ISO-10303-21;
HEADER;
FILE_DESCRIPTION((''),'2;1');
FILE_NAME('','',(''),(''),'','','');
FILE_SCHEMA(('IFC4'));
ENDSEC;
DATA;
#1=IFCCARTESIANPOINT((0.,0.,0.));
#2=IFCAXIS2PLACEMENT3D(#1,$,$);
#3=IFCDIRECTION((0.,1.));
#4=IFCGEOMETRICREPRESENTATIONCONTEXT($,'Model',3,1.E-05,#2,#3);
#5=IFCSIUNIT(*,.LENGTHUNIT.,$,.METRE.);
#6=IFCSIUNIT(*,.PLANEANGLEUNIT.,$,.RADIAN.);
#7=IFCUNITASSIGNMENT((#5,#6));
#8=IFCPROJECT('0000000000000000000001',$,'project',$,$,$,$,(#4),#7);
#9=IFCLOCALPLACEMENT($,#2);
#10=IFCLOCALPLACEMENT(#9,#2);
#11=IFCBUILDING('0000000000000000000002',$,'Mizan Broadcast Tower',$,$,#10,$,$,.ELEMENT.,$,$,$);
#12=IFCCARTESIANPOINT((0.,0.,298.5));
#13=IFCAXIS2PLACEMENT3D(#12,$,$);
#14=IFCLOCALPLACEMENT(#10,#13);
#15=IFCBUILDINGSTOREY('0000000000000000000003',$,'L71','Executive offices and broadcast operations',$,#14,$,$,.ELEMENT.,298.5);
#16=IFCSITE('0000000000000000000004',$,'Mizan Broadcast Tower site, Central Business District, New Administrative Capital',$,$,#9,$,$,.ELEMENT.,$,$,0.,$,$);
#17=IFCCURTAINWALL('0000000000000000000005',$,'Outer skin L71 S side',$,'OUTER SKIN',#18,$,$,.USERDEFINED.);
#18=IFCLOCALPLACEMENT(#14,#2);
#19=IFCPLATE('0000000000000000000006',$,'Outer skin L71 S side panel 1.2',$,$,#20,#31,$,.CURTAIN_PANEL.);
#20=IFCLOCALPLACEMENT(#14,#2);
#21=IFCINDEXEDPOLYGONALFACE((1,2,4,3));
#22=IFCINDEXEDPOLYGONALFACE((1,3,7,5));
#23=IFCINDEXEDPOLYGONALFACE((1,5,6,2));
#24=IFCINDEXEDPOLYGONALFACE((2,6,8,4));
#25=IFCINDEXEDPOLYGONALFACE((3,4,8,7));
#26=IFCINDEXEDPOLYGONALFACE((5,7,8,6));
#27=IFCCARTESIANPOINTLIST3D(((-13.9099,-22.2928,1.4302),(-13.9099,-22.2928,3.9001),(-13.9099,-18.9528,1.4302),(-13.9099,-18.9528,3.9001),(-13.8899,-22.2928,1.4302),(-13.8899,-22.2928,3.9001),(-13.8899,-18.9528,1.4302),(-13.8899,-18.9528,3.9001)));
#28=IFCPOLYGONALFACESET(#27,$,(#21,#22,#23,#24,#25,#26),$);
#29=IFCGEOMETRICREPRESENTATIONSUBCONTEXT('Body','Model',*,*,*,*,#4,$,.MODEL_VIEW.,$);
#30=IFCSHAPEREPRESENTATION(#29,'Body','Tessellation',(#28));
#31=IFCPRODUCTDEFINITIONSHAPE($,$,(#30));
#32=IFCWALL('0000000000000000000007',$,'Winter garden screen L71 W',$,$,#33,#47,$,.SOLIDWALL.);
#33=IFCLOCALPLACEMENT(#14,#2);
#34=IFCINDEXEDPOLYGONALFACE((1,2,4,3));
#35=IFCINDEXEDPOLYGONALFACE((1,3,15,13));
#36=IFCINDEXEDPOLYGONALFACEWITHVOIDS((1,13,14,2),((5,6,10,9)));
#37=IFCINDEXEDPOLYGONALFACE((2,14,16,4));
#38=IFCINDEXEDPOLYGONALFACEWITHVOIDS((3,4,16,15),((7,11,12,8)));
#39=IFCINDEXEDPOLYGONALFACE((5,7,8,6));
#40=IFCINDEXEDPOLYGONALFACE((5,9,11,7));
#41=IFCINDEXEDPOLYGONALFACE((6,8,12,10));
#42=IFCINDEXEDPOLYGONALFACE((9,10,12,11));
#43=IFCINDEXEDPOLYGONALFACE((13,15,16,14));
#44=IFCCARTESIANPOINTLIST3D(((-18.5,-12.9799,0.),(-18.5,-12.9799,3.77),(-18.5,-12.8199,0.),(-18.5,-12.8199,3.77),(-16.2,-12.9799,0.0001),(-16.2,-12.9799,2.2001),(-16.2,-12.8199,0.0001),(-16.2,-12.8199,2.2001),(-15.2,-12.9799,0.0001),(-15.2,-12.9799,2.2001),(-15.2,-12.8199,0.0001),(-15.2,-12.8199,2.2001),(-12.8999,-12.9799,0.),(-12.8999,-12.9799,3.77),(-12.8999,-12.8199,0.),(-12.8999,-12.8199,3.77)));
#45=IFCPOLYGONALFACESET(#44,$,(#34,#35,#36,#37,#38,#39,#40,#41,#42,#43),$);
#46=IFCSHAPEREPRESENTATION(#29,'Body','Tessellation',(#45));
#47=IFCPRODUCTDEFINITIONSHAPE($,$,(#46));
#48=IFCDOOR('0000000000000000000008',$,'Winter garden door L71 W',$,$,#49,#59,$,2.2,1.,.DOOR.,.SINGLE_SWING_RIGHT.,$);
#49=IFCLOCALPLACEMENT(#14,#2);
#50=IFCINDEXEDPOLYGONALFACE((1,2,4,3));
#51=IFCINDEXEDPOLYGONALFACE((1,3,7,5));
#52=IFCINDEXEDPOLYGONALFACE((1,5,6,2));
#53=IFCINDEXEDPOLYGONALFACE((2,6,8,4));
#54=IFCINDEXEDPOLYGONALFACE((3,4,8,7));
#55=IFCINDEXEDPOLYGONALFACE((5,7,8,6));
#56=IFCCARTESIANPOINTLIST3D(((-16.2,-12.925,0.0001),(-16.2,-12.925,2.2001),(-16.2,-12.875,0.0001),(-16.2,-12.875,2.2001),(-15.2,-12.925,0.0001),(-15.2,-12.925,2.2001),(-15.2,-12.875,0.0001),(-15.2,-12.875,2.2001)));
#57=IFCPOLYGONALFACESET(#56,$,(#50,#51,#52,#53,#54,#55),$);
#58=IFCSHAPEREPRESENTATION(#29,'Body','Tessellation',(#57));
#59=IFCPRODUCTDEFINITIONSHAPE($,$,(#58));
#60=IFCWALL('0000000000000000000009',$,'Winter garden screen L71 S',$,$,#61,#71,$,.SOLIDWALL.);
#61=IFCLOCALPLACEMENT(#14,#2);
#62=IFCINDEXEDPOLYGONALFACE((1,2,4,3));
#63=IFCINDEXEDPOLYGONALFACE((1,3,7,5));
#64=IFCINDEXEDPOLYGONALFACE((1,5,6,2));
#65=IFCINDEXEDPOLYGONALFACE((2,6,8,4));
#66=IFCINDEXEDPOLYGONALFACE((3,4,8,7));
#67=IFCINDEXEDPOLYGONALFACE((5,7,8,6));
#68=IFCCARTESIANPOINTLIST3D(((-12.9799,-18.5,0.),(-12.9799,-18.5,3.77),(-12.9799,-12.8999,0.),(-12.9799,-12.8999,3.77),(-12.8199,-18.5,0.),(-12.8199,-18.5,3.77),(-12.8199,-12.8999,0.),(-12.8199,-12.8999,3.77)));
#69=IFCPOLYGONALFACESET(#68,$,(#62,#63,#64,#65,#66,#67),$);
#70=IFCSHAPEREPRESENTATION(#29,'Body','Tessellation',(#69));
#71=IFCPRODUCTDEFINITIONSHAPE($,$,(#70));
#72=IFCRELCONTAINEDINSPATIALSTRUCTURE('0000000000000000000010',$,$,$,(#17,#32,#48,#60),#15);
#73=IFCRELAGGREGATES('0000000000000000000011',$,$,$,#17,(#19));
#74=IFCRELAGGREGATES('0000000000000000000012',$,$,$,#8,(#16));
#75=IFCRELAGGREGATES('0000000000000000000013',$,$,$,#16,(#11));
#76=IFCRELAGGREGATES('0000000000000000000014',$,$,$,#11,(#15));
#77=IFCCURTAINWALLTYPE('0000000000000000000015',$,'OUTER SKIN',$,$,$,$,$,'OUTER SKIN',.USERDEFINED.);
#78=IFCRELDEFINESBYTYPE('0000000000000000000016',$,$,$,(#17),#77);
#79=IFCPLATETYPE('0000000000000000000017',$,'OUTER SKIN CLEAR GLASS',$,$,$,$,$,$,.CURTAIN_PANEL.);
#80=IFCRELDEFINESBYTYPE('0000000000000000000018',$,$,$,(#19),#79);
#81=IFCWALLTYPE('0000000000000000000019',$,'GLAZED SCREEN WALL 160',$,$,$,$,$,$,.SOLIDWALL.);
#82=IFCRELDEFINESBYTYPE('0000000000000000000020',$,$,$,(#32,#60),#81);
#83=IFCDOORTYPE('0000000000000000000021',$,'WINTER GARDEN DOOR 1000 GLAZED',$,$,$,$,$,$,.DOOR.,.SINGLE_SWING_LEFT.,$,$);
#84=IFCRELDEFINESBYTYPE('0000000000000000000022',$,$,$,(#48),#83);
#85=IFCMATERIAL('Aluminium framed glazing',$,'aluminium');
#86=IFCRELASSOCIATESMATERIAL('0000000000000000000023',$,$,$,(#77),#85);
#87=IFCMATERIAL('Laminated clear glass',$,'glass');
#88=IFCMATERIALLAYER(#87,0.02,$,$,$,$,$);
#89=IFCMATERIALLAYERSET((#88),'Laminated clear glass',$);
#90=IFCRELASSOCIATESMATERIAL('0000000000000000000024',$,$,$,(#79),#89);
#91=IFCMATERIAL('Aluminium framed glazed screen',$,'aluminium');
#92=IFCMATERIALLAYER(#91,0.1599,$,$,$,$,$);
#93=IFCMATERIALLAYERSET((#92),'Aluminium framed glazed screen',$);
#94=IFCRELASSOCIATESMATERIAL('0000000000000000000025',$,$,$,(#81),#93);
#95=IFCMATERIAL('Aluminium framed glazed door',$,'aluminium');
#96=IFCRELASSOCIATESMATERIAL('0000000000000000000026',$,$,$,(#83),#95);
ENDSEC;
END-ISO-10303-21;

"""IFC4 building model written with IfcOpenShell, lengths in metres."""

from ifc_helpers import new_model, si_unit, direction, frame, frame_2d, origin, origin_2d, place, context, subcontext, project, spatial, rectangle, extrude, material, layer, layer_set, type_object, element, fill, aggregate, save


model = new_model("IFC4")

# Units and contexts
model_context = context("Model", 3, precision=1e-05, world=origin(), true_north=direction((0.0, 1.0)))
body_context = subcontext(model_context, "Body", "Model", "MODEL_VIEW")
ifc_project = project(units=[si_unit("LENGTHUNIT", "METRE"), si_unit("PLANEANGLEUNIT", "RADIAN")], contexts=[model_context])

# Site, building, storey
site_placement = place(None, origin())
site = spatial("IfcSite", under=ifc_project, at=site_placement, Name="Mizan Broadcast Tower site, Central Business District, New Administrative Capital", CompositionType="ELEMENT", RefElevation=0.0)
building_placement = place(site_placement, origin())
building = spatial("IfcBuilding", under=site, at=building_placement, Name="Mizan Broadcast Tower", CompositionType="ELEMENT")
storey_placement = place(building_placement, frame((0.0, 0.0, 298.5)))
storey = spatial("IfcBuildingStorey", under=building, at=storey_placement, Name="L71", Description="Executive offices and broadcast operations", CompositionType="ELEMENT", Elevation=298.5)

# Curtain wall
ifc_material_1 = material(Name="Aluminium framed glazing", Category="aluminium")
curtain_wall_type_1 = type_object("IfcCurtainWallType", Name="OUTER SKIN", ElementType="OUTER SKIN", PredefinedType="USERDEFINED", material=ifc_material_1)
curtain_wall_1_placement = place(storey_placement, origin())
curtain_wall_1 = element("IfcCurtainWall", 1, at=curtain_wall_1_placement, inside=storey, type_object=curtain_wall_type_1, Name="Outer skin L71 S side", ObjectType="OUTER SKIN", PredefinedType="USERDEFINED")

# Plate
ifc_material_2 = material(Name="Laminated clear glass", Category="glass")
ifc_layer_1 = layer(ifc_material_2, 0.02)
ifc_layer_set_1 = layer_set([ifc_layer_1], Name="Laminated clear glass")
plate_type_1 = type_object("IfcPlateType", Name="OUTER SKIN CLEAR GLASS", PredefinedType="CURTAIN_PANEL", material=ifc_layer_set_1)
plate_1_placement = place(storey_placement, frame((-13.8999, -20.6228, 1.4302), z_axis=(0.0, 0.0, 1.0), x_axis=(0.0, -1.0, 0.0)))
plate_1 = element("IfcPlate", 2, at=plate_1_placement, type_object=plate_type_1, Name="Outer skin L71 S side panel 1.2", PredefinedType="CURTAIN_PANEL", context=body_context, shape_type="SweptSolid", body=[
    extrude(rectangle(XDim=3.3401, YDim=0.02, at=origin_2d()), origin(), (0.0, 0.0, 1.0), 2.47),
])
aggregate(curtain_wall_1, [plate_1])

# Wall, opening, door
ifc_material_3 = material(Name="Aluminium framed glazed screen", Category="aluminium")
ifc_layer_2 = layer(ifc_material_3, 0.1599)
ifc_layer_set_2 = layer_set([ifc_layer_2], Name="Aluminium framed glazed screen")
wall_type = type_object("IfcWallType", Name="GLAZED SCREEN WALL 160", PredefinedType="SOLIDWALL", material=ifc_layer_set_2)
wall_1_placement = place(storey_placement, frame((-18.5, -12.8999, 0.0), z_axis=(0.0, 0.0, 1.0), x_axis=(1.0, 0.0, 0.0)))
wall_1 = element("IfcWall", 3, at=wall_1_placement, inside=storey, type_object=wall_type, Name="Winter garden screen L71 W", PredefinedType="SOLIDWALL", context=body_context, shape_type="SweptSolid", body=[
    extrude(rectangle(XDim=5.6001, YDim=0.1599, at=frame_2d((2.8, 0.0))), origin(), (0.0, 0.0, 1.0), 3.77),
])
opening_placement = place(wall_1_placement, frame((2.3, 0.0, 0.0)))
opening = element("IfcOpeningElement", 4, at=opening_placement, cuts=wall_1, PredefinedType="OPENING", context=body_context, shape_type="SweptSolid", body=[
    extrude(rectangle(XDim=1.0, YDim=2.2, at=frame_2d((0.5, 1.1001))), frame((0.0, 0.0898, 0.0), z_axis=(0.0, -1.0, 0.0), x_axis=(1.0, 0.0, 0.0)), (0.0, 0.0, 1.0), 0.1799),
])
ifc_material_4 = material(Name="Aluminium framed glazed door", Category="aluminium")
door_type = type_object("IfcDoorType", Name="WINTER GARDEN DOOR 1000 GLAZED", OperationType="SINGLE_SWING_LEFT", PredefinedType="DOOR", material=ifc_material_4)
door_placement = place(opening_placement, origin())
door = element("IfcDoor", 5, at=door_placement, inside=storey, type_object=door_type, Name="Winter garden door L71 W", OperationType="SINGLE_SWING_RIGHT", OverallHeight=2.2, OverallWidth=1.0, PredefinedType="DOOR", context=body_context, shape_type="SweptSolid", body=[
    extrude(rectangle(XDim=1.0, YDim=2.2, at=frame_2d((0.5, 1.1001))), frame((0.0, 0.0249, 0.0), z_axis=(0.0, -1.0, 0.0), x_axis=(1.0, 0.0, 0.0)), (0.0, 0.0, 1.0), 0.05),
])
fill(opening, door)

# Wall
wall_2_placement = place(storey_placement, frame((-12.8999, -12.8999, 0.0), z_axis=(0.0, 0.0, 1.0), x_axis=(0.0, -1.0, 0.0)))
element("IfcWall", 6, at=wall_2_placement, inside=storey, type_object=wall_type, Name="Winter garden screen L71 S", PredefinedType="SOLIDWALL", context=body_context, shape_type="SweptSolid", body=[
    extrude(rectangle(XDim=5.6001, YDim=0.1599, at=frame_2d((2.8, 0.0))), origin(), (0.0, 0.0, 1.0), 3.77),
])

save(model, "model.ifc")
